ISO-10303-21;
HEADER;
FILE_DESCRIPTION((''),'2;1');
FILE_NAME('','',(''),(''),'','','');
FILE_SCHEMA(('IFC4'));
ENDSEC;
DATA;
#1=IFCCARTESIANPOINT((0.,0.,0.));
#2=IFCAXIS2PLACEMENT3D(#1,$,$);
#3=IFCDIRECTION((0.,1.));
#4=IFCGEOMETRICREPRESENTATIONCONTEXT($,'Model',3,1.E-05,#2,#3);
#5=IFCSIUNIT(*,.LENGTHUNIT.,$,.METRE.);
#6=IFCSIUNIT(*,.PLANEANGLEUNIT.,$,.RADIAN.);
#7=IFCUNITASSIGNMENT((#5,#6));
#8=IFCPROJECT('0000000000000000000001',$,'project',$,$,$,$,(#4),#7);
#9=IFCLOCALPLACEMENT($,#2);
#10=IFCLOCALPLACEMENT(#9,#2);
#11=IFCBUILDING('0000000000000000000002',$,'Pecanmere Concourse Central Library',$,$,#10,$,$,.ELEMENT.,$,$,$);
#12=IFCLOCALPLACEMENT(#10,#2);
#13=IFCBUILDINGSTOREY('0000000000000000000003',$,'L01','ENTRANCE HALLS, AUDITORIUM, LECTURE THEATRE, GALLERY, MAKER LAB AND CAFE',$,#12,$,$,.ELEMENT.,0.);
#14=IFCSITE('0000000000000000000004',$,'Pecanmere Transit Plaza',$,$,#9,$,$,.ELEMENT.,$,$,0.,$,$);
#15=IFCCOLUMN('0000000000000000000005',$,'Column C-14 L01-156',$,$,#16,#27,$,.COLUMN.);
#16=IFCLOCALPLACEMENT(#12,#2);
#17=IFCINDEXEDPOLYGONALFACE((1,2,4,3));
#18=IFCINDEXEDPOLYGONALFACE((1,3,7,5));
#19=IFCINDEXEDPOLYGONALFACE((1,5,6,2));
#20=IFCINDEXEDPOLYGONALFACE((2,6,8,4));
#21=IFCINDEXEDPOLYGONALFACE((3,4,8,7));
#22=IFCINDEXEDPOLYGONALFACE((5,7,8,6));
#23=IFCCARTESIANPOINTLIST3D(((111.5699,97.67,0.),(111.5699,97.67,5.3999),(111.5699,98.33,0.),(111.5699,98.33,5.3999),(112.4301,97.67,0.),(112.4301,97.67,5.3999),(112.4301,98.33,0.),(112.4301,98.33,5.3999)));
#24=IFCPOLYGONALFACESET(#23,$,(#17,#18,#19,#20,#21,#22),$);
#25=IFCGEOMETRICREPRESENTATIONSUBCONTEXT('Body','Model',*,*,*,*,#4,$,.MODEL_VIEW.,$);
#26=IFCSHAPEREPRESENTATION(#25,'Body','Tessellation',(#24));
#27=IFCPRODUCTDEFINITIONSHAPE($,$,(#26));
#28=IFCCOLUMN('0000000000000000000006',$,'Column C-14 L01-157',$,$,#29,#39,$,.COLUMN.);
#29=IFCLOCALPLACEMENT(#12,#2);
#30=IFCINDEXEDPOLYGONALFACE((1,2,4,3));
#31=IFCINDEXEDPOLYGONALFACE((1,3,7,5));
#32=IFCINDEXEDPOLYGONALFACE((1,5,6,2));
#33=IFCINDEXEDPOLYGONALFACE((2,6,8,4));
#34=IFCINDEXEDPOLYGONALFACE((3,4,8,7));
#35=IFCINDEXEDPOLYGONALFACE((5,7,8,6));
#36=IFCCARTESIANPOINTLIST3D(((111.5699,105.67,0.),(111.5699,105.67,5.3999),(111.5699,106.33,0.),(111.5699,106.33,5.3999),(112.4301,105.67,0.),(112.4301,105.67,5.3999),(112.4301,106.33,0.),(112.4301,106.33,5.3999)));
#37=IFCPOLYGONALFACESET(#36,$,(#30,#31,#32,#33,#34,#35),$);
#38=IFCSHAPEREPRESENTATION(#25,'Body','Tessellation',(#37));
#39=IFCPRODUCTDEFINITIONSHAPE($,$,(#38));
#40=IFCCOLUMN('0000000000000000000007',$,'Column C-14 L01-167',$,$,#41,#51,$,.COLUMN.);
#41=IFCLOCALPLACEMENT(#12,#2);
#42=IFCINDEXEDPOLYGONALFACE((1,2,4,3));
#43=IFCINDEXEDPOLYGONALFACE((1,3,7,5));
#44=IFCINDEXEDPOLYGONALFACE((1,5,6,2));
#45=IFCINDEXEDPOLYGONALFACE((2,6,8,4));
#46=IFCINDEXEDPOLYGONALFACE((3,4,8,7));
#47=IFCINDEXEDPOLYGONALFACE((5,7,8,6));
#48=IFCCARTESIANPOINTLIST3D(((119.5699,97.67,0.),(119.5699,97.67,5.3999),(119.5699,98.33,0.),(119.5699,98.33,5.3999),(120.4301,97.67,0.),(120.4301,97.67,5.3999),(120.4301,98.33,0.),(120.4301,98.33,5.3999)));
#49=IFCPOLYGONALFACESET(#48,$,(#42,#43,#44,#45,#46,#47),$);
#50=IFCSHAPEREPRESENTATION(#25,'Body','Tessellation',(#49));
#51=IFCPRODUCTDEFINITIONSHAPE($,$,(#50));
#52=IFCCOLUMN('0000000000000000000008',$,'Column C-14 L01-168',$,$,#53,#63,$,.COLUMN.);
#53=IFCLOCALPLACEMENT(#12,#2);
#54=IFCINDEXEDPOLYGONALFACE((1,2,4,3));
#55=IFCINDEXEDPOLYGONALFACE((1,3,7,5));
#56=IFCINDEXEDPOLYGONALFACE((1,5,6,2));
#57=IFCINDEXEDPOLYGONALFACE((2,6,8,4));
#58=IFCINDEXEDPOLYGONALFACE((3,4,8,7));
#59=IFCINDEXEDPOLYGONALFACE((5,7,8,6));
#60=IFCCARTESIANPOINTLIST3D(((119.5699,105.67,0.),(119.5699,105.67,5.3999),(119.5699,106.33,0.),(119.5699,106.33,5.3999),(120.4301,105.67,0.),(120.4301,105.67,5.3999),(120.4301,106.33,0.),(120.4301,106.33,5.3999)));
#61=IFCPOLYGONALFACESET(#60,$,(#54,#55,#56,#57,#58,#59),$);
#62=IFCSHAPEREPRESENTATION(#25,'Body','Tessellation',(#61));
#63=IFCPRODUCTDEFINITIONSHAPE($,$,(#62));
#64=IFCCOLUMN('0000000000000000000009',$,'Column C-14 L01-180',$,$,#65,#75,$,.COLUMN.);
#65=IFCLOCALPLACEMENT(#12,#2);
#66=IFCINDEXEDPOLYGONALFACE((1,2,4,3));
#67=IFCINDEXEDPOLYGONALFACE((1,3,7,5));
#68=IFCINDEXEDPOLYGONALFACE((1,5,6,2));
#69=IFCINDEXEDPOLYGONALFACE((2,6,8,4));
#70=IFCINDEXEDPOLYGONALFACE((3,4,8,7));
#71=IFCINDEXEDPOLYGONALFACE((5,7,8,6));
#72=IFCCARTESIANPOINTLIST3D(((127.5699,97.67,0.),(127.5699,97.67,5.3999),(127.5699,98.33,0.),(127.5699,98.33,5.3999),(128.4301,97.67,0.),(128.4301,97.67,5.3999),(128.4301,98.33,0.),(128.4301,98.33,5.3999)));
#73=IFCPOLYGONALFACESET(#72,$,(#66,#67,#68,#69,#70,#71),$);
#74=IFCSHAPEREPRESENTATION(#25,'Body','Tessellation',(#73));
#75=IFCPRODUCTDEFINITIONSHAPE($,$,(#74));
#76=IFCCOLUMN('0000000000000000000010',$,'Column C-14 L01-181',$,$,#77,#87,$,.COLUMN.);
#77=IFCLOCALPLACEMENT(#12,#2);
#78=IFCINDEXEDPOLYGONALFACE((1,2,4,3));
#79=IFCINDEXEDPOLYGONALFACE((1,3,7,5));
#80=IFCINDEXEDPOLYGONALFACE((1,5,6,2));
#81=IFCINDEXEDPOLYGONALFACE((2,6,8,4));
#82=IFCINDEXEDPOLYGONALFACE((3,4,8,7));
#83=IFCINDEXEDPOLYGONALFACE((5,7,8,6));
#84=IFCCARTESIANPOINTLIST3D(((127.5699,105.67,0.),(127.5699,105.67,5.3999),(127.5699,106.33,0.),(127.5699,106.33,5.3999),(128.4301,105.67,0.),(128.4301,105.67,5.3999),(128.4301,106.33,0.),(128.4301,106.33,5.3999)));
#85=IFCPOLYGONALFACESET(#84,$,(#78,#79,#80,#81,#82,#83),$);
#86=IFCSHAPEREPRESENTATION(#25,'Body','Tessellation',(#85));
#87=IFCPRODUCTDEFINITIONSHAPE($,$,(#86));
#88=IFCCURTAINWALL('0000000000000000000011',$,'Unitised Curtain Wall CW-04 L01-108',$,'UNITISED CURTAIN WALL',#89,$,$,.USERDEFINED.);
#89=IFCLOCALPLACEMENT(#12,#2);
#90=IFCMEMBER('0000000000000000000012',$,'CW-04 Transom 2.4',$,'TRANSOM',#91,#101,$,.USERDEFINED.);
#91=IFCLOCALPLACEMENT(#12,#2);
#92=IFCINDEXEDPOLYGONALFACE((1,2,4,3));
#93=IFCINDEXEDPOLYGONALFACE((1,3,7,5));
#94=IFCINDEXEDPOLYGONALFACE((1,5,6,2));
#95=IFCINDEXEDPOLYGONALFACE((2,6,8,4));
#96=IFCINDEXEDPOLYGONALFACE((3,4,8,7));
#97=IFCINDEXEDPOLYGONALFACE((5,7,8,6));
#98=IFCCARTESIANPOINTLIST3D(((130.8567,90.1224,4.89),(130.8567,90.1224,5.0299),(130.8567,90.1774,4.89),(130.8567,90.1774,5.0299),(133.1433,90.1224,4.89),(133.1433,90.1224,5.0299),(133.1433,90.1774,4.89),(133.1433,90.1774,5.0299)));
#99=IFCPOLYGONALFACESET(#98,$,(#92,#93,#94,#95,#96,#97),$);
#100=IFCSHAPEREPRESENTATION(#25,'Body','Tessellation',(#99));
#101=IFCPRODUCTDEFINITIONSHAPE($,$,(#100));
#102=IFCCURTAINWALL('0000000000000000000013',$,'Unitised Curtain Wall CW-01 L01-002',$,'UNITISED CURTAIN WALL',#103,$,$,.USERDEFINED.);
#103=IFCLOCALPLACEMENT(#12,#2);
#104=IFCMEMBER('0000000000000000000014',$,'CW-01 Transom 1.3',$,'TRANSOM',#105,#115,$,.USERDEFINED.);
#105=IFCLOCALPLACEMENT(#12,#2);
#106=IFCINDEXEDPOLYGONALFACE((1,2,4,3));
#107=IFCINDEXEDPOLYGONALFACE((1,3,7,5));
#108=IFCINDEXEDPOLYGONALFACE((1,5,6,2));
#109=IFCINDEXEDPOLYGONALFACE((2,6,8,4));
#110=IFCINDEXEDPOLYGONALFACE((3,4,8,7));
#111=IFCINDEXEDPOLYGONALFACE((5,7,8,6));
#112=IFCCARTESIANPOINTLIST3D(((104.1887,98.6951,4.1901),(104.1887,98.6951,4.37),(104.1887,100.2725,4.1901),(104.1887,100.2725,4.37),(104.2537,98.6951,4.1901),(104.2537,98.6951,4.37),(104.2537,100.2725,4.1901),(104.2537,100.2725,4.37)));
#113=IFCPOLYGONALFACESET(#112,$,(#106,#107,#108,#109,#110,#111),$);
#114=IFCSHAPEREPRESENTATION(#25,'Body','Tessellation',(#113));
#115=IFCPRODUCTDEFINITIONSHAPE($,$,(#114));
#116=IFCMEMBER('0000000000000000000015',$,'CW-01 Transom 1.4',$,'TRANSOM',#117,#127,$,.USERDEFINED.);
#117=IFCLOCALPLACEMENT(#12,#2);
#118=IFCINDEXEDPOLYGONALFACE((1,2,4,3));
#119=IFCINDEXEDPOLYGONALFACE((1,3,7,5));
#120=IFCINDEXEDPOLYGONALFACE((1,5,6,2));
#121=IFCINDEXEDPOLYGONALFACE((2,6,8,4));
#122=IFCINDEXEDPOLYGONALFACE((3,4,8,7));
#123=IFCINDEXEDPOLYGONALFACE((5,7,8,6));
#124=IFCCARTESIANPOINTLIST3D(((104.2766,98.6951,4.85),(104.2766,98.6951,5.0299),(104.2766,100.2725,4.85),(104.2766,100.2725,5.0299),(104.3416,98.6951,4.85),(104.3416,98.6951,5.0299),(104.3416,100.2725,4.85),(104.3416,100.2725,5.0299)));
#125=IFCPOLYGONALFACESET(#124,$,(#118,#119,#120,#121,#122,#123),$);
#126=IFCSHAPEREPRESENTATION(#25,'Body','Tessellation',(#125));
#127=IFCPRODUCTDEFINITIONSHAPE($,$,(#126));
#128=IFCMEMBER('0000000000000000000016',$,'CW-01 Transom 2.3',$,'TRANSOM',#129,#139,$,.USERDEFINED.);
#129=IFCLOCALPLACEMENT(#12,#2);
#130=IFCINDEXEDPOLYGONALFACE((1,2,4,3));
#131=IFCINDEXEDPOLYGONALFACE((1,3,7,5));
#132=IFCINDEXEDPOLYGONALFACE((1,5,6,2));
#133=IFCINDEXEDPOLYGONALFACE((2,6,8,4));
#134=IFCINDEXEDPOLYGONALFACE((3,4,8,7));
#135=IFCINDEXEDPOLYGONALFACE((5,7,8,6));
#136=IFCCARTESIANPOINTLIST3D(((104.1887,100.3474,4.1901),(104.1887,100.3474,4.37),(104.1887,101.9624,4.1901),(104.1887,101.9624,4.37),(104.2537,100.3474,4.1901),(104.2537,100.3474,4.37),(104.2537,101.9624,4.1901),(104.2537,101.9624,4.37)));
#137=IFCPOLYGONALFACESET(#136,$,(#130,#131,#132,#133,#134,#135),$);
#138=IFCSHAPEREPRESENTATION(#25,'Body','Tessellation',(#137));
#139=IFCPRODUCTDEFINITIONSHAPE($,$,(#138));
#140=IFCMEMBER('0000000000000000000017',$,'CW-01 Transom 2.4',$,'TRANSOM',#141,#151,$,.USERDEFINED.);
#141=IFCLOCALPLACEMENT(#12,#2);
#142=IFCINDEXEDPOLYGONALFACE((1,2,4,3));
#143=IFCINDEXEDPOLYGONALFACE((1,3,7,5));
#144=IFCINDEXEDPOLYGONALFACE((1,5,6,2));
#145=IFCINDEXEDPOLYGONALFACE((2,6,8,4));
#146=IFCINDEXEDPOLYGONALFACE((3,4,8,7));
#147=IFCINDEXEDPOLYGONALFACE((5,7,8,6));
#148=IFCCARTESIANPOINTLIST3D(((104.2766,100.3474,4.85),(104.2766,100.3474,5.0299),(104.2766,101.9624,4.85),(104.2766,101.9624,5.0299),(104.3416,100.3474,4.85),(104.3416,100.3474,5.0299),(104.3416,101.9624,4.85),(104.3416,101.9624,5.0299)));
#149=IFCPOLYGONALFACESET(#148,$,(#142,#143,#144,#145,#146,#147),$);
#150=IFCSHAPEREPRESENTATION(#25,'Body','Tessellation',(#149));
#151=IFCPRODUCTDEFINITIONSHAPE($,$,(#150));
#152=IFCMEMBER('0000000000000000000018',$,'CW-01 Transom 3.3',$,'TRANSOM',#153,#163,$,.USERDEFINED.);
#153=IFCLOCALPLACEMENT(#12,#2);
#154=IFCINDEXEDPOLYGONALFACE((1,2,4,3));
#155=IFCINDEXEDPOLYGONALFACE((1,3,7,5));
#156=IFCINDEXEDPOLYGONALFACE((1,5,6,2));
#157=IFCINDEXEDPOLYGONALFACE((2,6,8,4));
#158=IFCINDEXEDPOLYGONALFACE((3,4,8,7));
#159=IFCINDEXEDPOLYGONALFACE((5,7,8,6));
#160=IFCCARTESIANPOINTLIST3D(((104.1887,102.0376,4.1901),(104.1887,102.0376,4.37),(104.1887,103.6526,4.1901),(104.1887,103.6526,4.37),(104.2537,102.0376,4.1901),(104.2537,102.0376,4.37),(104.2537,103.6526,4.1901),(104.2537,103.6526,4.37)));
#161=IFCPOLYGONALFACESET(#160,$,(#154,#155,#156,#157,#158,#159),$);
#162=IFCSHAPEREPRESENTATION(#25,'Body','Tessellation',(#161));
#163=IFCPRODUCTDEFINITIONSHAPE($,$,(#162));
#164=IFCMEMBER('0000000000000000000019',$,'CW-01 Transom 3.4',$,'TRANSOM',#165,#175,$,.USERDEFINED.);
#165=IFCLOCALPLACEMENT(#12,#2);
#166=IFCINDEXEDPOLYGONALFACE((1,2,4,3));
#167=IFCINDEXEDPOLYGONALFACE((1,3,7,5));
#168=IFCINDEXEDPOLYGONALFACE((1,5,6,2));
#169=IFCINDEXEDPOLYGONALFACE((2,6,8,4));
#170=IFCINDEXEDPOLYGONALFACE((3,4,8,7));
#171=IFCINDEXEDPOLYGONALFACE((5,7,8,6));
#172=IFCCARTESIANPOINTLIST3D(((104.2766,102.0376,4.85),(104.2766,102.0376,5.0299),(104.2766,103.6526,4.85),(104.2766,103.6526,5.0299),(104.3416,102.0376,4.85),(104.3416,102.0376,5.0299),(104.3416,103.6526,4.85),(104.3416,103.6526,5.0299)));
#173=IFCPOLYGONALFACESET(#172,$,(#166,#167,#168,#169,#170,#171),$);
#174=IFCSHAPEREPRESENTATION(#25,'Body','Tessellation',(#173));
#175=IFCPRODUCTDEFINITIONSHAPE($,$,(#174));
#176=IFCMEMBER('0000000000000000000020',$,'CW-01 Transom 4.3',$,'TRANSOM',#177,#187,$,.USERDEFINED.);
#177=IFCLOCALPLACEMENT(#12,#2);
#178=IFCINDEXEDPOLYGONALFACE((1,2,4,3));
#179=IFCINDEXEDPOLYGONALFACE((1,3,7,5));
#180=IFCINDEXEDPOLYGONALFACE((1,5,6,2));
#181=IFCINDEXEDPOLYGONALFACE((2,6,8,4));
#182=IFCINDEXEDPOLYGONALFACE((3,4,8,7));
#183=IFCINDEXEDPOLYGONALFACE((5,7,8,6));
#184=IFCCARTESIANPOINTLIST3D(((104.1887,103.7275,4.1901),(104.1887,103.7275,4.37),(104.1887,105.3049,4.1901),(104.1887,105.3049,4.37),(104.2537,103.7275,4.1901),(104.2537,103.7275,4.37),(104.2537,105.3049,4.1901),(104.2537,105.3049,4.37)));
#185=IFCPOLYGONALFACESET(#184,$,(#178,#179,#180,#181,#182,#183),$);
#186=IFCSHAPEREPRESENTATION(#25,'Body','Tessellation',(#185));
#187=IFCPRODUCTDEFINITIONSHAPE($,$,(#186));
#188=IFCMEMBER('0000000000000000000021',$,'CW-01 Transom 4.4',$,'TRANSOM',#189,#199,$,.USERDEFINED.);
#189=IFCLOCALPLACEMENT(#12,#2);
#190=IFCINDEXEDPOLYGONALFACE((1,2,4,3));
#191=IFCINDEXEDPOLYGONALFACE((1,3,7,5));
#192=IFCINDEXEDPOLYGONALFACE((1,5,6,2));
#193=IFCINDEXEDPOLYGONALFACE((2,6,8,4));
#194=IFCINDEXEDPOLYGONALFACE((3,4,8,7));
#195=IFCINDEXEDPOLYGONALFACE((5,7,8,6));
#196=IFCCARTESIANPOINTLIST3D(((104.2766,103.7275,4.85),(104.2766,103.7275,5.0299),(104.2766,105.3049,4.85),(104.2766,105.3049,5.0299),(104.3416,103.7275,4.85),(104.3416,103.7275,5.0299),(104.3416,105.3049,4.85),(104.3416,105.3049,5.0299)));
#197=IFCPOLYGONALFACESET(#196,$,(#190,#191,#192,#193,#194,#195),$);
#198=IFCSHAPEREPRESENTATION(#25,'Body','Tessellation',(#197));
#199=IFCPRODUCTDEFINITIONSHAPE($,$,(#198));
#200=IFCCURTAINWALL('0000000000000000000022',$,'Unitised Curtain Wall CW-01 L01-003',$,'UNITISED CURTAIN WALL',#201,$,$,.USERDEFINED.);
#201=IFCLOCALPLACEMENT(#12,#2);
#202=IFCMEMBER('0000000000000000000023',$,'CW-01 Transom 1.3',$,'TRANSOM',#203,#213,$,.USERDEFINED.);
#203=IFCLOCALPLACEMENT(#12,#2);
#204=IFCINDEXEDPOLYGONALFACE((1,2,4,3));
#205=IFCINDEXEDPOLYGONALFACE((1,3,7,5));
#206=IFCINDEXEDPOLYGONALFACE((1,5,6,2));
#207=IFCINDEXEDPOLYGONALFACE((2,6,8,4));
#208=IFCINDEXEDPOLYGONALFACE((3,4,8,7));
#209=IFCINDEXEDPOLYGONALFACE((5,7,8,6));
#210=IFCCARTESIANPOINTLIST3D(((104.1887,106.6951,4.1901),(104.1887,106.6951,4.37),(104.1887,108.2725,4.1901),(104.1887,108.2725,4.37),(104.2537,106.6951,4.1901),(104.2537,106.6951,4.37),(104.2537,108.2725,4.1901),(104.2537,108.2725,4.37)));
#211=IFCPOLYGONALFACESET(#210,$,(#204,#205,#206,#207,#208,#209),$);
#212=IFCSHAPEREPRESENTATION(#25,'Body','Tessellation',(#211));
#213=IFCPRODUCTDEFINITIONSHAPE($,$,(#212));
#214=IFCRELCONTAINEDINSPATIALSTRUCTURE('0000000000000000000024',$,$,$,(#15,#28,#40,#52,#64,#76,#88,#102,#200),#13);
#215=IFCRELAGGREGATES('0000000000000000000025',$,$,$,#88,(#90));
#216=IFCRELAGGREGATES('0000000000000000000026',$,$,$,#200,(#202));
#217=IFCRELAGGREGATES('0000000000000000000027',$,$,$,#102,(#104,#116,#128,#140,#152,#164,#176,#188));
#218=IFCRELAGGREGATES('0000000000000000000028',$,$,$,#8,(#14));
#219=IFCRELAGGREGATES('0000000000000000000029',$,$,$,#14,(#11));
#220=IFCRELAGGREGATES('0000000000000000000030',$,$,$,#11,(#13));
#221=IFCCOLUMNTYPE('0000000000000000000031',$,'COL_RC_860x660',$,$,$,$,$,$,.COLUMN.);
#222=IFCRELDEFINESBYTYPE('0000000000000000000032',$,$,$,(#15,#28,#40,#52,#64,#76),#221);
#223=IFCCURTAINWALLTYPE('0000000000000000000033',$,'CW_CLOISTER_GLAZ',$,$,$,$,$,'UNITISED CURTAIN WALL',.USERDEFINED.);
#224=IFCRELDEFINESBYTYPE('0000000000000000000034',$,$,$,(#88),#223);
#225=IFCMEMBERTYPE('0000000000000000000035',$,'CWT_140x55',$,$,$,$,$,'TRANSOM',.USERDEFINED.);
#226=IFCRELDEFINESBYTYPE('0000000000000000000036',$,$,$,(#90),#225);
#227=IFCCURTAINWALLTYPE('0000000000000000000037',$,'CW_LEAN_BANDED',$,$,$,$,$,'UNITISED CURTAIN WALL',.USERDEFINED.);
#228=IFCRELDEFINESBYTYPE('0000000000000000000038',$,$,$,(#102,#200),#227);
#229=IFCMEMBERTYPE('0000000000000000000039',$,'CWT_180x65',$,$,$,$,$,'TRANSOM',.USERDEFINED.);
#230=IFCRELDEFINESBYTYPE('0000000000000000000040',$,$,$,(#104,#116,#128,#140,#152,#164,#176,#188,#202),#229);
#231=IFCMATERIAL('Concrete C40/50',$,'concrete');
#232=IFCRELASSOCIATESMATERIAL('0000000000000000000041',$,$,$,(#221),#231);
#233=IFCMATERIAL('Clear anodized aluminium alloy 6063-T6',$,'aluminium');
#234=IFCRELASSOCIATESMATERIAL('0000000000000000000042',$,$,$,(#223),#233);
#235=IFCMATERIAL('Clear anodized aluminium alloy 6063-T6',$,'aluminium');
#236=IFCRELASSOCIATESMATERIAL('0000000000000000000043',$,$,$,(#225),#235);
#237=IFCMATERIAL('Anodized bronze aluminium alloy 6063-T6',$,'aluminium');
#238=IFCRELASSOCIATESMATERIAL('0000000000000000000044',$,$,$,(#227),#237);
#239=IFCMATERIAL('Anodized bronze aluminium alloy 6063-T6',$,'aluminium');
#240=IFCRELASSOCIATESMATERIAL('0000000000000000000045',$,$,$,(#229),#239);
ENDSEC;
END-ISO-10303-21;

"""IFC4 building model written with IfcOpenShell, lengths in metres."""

from ifc_helpers import new_model, si_unit, direction, frame, origin, origin_2d, place, context, subcontext, project, spatial, rectangle, extrude, material, material_profile, profile_set, type_object, element, aggregate, save


model = new_model("IFC4")

# Units and contexts
model_context = context("Model", 3, precision=1e-05, world=origin(), true_north=direction((0.0, 1.0)))
body_context = subcontext(model_context, "Body", "Model", "MODEL_VIEW")
ifc_project = project(units=[si_unit("LENGTHUNIT", "METRE"), si_unit("PLANEANGLEUNIT", "RADIAN")], contexts=[model_context])

# Site, building, storey
site_placement = place(None, origin())
site = spatial("IfcSite", under=ifc_project, at=site_placement, Name="Pecanmere Transit Plaza", CompositionType="ELEMENT", RefElevation=0.0)
building_placement = place(site_placement, origin())
building = spatial("IfcBuilding", under=site, at=building_placement, Name="Pecanmere Concourse Central Library", CompositionType="ELEMENT")
storey_placement = place(building_placement, origin())
storey = spatial("IfcBuildingStorey", under=building, at=storey_placement, Name="L01", Description="ENTRANCE HALLS, AUDITORIUM, LECTURE THEATRE, GALLERY, MAKER LAB AND CAFE", CompositionType="ELEMENT", Elevation=0.0)

# Columns
ifc_material_1 = material(Name="Concrete C40/50", Category="concrete")
ifc_material_profile_1 = material_profile(ifc_material_1, rectangle(XDim=0.8601, YDim=0.6599, at=origin_2d()), Name="RC 860x660")
ifc_profile_set_1 = profile_set([ifc_material_profile_1], Name="Concrete C40/50")
column_type = type_object("IfcColumnType", Name="COL_RC_860x660", PredefinedType="COLUMN", material=ifc_profile_set_1)
for number, where, z_axis, x_axis, name in (
    (1, (112.0, 98.0, 0.0), (0.0, 0.0, 1.0), (1.0, 0.0, 0.0), "Column C-14 L01-156"),
    (2, (112.0, 106.0, 0.0), (0.0, 0.0, 1.0), (1.0, 0.0, 0.0), "Column C-14 L01-157"),
    (3, (120.0, 98.0, 0.0), (0.0, 0.0, 1.0), (1.0, 0.0, 0.0), "Column C-14 L01-167"),
    (4, (120.0, 106.0, 0.0), (0.0, 0.0, 1.0), (1.0, 0.0, 0.0), "Column C-14 L01-168"),
    (5, (128.0, 98.0, 0.0), (0.0, 0.0, 1.0), (1.0, 0.0, 0.0), "Column C-14 L01-180"),
    (6, (128.0, 106.0, 0.0), (0.0, 0.0, 1.0), (1.0, 0.0, 0.0), "Column C-14 L01-181"),
):
    element("IfcColumn", number, at=place(storey_placement, frame(where, z_axis=z_axis, x_axis=x_axis)), inside=storey, type_object=column_type, Name=name, PredefinedType="COLUMN", context=body_context, shape_type="SweptSolid", body=[
        extrude(rectangle(XDim=0.8601, YDim=0.6599, at=origin_2d()), origin(), (0.0, 0.0, 1.0), 5.3999),
    ])

# Curtain wall, member
ifc_material_2 = material(Name="Clear anodized aluminium alloy 6063-T6", Category="aluminium")
curtain_wall_type_1 = type_object("IfcCurtainWallType", Name="CW_CLOISTER_GLAZ", ElementType="UNITISED CURTAIN WALL", PredefinedType="USERDEFINED", material=ifc_material_2)
curtain_wall_1_placement = place(storey_placement, origin())
curtain_wall_1 = element("IfcCurtainWall", 7, at=curtain_wall_1_placement, inside=storey, type_object=curtain_wall_type_1, Name="Unitised Curtain Wall CW-04 L01-108", ObjectType="UNITISED CURTAIN WALL", PredefinedType="USERDEFINED")
ifc_material_3 = material(Name="Clear anodized aluminium alloy 6063-T6", Category="aluminium")
ifc_material_profile_2 = material_profile(ifc_material_3, rectangle(XDim=0.0549, YDim=0.1399, at=origin_2d()), Name="AL 55x140")
ifc_profile_set_2 = profile_set([ifc_material_profile_2], Name="Clear anodized aluminium alloy 6063-T6")
member_type_1 = type_object("IfcMemberType", Name="CWT_140x55", ElementType="TRANSOM", PredefinedType="USERDEFINED", material=ifc_profile_set_2)
member_1_placement = place(storey_placement, frame((133.1433, 90.1499, 4.96), z_axis=(-1.0, 0.0, 0.0), x_axis=(0.0, -1.0, 0.0)))
member_1 = element("IfcMember", 8, at=member_1_placement, type_object=member_type_1, Name="CW-04 Transom 2.4", ObjectType="TRANSOM", PredefinedType="USERDEFINED", context=body_context, shape_type="SweptSolid", body=[
    extrude(rectangle(XDim=0.0549, YDim=0.1399, at=origin_2d()), origin(), (0.0, 0.0, 1.0), 2.2866),
])
aggregate(curtain_wall_1, [member_1])

# Curtain wall, members
ifc_material_4 = material(Name="Anodized bronze aluminium alloy 6063-T6", Category="aluminium")
curtain_wall_type_2 = type_object("IfcCurtainWallType", Name="CW_LEAN_BANDED", ElementType="UNITISED CURTAIN WALL", PredefinedType="USERDEFINED", material=ifc_material_4)
curtain_wall_2_placement = place(storey_placement, origin())
curtain_wall_2 = element("IfcCurtainWall", 9, at=curtain_wall_2_placement, inside=storey, type_object=curtain_wall_type_2, Name="Unitised Curtain Wall CW-01 L01-002", ObjectType="UNITISED CURTAIN WALL", PredefinedType="USERDEFINED")
ifc_material_5 = material(Name="Anodized bronze aluminium alloy 6063-T6", Category="aluminium")
ifc_material_profile_3 = material_profile(ifc_material_5, rectangle(XDim=0.0649, YDim=0.1799, at=origin_2d()), Name="AL 65x180")
ifc_profile_set_3 = profile_set([ifc_material_profile_3], Name="Anodized bronze aluminium alloy 6063-T6")
member_type_2 = type_object("IfcMemberType", Name="CWT_180x65", ElementType="TRANSOM", PredefinedType="USERDEFINED", material=ifc_profile_set_3)
member_2_placement = place(storey_placement, frame((104.2212, 98.6951, 4.28), z_axis=(0.0, 1.0, 0.0), x_axis=(-1.0, 0.0, 0.0)))
member_2 = element("IfcMember", 10, at=member_2_placement, type_object=member_type_2, Name="CW-01 Transom 1.3", ObjectType="TRANSOM", PredefinedType="USERDEFINED", context=body_context, shape_type="SweptSolid", body=[
    extrude(rectangle(XDim=0.0649, YDim=0.1799, at=origin_2d()), origin(), (0.0, 0.0, 1.0), 1.5774),
])
member_3_placement = place(storey_placement, frame((104.3091, 98.6951, 4.9399), z_axis=(0.0, 1.0, 0.0), x_axis=(-1.0, 0.0, 0.0)))
member_3 = element("IfcMember", 11, at=member_3_placement, type_object=member_type_2, Name="CW-01 Transom 1.4", ObjectType="TRANSOM", PredefinedType="USERDEFINED", context=body_context, shape_type="SweptSolid", body=[
    extrude(rectangle(XDim=0.0649, YDim=0.1799, at=origin_2d()), origin(), (0.0, 0.0, 1.0), 1.5774),
])
member_4_placement = place(storey_placement, frame((104.2212, 100.3474, 4.28), z_axis=(0.0, 1.0, 0.0), x_axis=(-1.0, 0.0, 0.0)))
member_4 = element("IfcMember", 12, at=member_4_placement, type_object=member_type_2, Name="CW-01 Transom 2.3", ObjectType="TRANSOM", PredefinedType="USERDEFINED", context=body_context, shape_type="SweptSolid", body=[
    extrude(rectangle(XDim=0.0649, YDim=0.1799, at=origin_2d()), origin(), (0.0, 0.0, 1.0), 1.615),
])
member_5_placement = place(storey_placement, frame((104.3091, 100.3474, 4.9399), z_axis=(0.0, 1.0, 0.0), x_axis=(-1.0, 0.0, 0.0)))
member_5 = element("IfcMember", 13, at=member_5_placement, type_object=member_type_2, Name="CW-01 Transom 2.4", ObjectType="TRANSOM", PredefinedType="USERDEFINED", context=body_context, shape_type="SweptSolid", body=[
    extrude(rectangle(XDim=0.0649, YDim=0.1799, at=origin_2d()), origin(), (0.0, 0.0, 1.0), 1.615),
])
member_6_placement = place(storey_placement, frame((104.2212, 102.0376, 4.28), z_axis=(0.0, 1.0, 0.0), x_axis=(-1.0, 0.0, 0.0)))
member_6 = element("IfcMember", 14, at=member_6_placement, type_object=member_type_2, Name="CW-01 Transom 3.3", ObjectType="TRANSOM", PredefinedType="USERDEFINED", context=body_context, shape_type="SweptSolid", body=[
    extrude(rectangle(XDim=0.0649, YDim=0.1799, at=origin_2d()), origin(), (0.0, 0.0, 1.0), 1.615),
])
member_7_placement = place(storey_placement, frame((104.3091, 102.0376, 4.9399), z_axis=(0.0, 1.0, 0.0), x_axis=(-1.0, 0.0, 0.0)))
member_7 = element("IfcMember", 15, at=member_7_placement, type_object=member_type_2, Name="CW-01 Transom 3.4", ObjectType="TRANSOM", PredefinedType="USERDEFINED", context=body_context, shape_type="SweptSolid", body=[
    extrude(rectangle(XDim=0.0649, YDim=0.1799, at=origin_2d()), origin(), (0.0, 0.0, 1.0), 1.615),
])
member_8_placement = place(storey_placement, frame((104.2212, 103.7275, 4.28), z_axis=(0.0, 1.0, 0.0), x_axis=(-1.0, 0.0, 0.0)))
member_8 = element("IfcMember", 16, at=member_8_placement, type_object=member_type_2, Name="CW-01 Transom 4.3", ObjectType="TRANSOM", PredefinedType="USERDEFINED", context=body_context, shape_type="SweptSolid", body=[
    extrude(rectangle(XDim=0.0649, YDim=0.1799, at=origin_2d()), origin(), (0.0, 0.0, 1.0), 1.5774),
])
member_9_placement = place(storey_placement, frame((104.3091, 103.7275, 4.9399), z_axis=(0.0, 1.0, 0.0), x_axis=(-1.0, 0.0, 0.0)))
member_9 = element("IfcMember", 17, at=member_9_placement, type_object=member_type_2, Name="CW-01 Transom 4.4", ObjectType="TRANSOM", PredefinedType="USERDEFINED", context=body_context, shape_type="SweptSolid", body=[
    extrude(rectangle(XDim=0.0649, YDim=0.1799, at=origin_2d()), origin(), (0.0, 0.0, 1.0), 1.5774),
])

# Curtain wall, member
curtain_wall_3_placement = place(storey_placement, origin())
curtain_wall_3 = element("IfcCurtainWall", 18, at=curtain_wall_3_placement, inside=storey, type_object=curtain_wall_type_2, Name="Unitised Curtain Wall CW-01 L01-003", ObjectType="UNITISED CURTAIN WALL", PredefinedType="USERDEFINED")
member_10_placement = place(storey_placement, frame((104.2212, 106.6951, 4.28), z_axis=(0.0, 1.0, 0.0), x_axis=(-1.0, 0.0, 0.0)))
member_10 = element("IfcMember", 19, at=member_10_placement, type_object=member_type_2, Name="CW-01 Transom 1.3", ObjectType="TRANSOM", PredefinedType="USERDEFINED", context=body_context, shape_type="SweptSolid", body=[
    extrude(rectangle(XDim=0.0649, YDim=0.1799, at=origin_2d()), origin(), (0.0, 0.0, 1.0), 1.5774),
])
aggregate(curtain_wall_3, [member_10])

aggregate(curtain_wall_2, [member_2, member_3, member_4, member_5, member_6, member_7, member_8, member_9])

save(model, "model.ifc")
